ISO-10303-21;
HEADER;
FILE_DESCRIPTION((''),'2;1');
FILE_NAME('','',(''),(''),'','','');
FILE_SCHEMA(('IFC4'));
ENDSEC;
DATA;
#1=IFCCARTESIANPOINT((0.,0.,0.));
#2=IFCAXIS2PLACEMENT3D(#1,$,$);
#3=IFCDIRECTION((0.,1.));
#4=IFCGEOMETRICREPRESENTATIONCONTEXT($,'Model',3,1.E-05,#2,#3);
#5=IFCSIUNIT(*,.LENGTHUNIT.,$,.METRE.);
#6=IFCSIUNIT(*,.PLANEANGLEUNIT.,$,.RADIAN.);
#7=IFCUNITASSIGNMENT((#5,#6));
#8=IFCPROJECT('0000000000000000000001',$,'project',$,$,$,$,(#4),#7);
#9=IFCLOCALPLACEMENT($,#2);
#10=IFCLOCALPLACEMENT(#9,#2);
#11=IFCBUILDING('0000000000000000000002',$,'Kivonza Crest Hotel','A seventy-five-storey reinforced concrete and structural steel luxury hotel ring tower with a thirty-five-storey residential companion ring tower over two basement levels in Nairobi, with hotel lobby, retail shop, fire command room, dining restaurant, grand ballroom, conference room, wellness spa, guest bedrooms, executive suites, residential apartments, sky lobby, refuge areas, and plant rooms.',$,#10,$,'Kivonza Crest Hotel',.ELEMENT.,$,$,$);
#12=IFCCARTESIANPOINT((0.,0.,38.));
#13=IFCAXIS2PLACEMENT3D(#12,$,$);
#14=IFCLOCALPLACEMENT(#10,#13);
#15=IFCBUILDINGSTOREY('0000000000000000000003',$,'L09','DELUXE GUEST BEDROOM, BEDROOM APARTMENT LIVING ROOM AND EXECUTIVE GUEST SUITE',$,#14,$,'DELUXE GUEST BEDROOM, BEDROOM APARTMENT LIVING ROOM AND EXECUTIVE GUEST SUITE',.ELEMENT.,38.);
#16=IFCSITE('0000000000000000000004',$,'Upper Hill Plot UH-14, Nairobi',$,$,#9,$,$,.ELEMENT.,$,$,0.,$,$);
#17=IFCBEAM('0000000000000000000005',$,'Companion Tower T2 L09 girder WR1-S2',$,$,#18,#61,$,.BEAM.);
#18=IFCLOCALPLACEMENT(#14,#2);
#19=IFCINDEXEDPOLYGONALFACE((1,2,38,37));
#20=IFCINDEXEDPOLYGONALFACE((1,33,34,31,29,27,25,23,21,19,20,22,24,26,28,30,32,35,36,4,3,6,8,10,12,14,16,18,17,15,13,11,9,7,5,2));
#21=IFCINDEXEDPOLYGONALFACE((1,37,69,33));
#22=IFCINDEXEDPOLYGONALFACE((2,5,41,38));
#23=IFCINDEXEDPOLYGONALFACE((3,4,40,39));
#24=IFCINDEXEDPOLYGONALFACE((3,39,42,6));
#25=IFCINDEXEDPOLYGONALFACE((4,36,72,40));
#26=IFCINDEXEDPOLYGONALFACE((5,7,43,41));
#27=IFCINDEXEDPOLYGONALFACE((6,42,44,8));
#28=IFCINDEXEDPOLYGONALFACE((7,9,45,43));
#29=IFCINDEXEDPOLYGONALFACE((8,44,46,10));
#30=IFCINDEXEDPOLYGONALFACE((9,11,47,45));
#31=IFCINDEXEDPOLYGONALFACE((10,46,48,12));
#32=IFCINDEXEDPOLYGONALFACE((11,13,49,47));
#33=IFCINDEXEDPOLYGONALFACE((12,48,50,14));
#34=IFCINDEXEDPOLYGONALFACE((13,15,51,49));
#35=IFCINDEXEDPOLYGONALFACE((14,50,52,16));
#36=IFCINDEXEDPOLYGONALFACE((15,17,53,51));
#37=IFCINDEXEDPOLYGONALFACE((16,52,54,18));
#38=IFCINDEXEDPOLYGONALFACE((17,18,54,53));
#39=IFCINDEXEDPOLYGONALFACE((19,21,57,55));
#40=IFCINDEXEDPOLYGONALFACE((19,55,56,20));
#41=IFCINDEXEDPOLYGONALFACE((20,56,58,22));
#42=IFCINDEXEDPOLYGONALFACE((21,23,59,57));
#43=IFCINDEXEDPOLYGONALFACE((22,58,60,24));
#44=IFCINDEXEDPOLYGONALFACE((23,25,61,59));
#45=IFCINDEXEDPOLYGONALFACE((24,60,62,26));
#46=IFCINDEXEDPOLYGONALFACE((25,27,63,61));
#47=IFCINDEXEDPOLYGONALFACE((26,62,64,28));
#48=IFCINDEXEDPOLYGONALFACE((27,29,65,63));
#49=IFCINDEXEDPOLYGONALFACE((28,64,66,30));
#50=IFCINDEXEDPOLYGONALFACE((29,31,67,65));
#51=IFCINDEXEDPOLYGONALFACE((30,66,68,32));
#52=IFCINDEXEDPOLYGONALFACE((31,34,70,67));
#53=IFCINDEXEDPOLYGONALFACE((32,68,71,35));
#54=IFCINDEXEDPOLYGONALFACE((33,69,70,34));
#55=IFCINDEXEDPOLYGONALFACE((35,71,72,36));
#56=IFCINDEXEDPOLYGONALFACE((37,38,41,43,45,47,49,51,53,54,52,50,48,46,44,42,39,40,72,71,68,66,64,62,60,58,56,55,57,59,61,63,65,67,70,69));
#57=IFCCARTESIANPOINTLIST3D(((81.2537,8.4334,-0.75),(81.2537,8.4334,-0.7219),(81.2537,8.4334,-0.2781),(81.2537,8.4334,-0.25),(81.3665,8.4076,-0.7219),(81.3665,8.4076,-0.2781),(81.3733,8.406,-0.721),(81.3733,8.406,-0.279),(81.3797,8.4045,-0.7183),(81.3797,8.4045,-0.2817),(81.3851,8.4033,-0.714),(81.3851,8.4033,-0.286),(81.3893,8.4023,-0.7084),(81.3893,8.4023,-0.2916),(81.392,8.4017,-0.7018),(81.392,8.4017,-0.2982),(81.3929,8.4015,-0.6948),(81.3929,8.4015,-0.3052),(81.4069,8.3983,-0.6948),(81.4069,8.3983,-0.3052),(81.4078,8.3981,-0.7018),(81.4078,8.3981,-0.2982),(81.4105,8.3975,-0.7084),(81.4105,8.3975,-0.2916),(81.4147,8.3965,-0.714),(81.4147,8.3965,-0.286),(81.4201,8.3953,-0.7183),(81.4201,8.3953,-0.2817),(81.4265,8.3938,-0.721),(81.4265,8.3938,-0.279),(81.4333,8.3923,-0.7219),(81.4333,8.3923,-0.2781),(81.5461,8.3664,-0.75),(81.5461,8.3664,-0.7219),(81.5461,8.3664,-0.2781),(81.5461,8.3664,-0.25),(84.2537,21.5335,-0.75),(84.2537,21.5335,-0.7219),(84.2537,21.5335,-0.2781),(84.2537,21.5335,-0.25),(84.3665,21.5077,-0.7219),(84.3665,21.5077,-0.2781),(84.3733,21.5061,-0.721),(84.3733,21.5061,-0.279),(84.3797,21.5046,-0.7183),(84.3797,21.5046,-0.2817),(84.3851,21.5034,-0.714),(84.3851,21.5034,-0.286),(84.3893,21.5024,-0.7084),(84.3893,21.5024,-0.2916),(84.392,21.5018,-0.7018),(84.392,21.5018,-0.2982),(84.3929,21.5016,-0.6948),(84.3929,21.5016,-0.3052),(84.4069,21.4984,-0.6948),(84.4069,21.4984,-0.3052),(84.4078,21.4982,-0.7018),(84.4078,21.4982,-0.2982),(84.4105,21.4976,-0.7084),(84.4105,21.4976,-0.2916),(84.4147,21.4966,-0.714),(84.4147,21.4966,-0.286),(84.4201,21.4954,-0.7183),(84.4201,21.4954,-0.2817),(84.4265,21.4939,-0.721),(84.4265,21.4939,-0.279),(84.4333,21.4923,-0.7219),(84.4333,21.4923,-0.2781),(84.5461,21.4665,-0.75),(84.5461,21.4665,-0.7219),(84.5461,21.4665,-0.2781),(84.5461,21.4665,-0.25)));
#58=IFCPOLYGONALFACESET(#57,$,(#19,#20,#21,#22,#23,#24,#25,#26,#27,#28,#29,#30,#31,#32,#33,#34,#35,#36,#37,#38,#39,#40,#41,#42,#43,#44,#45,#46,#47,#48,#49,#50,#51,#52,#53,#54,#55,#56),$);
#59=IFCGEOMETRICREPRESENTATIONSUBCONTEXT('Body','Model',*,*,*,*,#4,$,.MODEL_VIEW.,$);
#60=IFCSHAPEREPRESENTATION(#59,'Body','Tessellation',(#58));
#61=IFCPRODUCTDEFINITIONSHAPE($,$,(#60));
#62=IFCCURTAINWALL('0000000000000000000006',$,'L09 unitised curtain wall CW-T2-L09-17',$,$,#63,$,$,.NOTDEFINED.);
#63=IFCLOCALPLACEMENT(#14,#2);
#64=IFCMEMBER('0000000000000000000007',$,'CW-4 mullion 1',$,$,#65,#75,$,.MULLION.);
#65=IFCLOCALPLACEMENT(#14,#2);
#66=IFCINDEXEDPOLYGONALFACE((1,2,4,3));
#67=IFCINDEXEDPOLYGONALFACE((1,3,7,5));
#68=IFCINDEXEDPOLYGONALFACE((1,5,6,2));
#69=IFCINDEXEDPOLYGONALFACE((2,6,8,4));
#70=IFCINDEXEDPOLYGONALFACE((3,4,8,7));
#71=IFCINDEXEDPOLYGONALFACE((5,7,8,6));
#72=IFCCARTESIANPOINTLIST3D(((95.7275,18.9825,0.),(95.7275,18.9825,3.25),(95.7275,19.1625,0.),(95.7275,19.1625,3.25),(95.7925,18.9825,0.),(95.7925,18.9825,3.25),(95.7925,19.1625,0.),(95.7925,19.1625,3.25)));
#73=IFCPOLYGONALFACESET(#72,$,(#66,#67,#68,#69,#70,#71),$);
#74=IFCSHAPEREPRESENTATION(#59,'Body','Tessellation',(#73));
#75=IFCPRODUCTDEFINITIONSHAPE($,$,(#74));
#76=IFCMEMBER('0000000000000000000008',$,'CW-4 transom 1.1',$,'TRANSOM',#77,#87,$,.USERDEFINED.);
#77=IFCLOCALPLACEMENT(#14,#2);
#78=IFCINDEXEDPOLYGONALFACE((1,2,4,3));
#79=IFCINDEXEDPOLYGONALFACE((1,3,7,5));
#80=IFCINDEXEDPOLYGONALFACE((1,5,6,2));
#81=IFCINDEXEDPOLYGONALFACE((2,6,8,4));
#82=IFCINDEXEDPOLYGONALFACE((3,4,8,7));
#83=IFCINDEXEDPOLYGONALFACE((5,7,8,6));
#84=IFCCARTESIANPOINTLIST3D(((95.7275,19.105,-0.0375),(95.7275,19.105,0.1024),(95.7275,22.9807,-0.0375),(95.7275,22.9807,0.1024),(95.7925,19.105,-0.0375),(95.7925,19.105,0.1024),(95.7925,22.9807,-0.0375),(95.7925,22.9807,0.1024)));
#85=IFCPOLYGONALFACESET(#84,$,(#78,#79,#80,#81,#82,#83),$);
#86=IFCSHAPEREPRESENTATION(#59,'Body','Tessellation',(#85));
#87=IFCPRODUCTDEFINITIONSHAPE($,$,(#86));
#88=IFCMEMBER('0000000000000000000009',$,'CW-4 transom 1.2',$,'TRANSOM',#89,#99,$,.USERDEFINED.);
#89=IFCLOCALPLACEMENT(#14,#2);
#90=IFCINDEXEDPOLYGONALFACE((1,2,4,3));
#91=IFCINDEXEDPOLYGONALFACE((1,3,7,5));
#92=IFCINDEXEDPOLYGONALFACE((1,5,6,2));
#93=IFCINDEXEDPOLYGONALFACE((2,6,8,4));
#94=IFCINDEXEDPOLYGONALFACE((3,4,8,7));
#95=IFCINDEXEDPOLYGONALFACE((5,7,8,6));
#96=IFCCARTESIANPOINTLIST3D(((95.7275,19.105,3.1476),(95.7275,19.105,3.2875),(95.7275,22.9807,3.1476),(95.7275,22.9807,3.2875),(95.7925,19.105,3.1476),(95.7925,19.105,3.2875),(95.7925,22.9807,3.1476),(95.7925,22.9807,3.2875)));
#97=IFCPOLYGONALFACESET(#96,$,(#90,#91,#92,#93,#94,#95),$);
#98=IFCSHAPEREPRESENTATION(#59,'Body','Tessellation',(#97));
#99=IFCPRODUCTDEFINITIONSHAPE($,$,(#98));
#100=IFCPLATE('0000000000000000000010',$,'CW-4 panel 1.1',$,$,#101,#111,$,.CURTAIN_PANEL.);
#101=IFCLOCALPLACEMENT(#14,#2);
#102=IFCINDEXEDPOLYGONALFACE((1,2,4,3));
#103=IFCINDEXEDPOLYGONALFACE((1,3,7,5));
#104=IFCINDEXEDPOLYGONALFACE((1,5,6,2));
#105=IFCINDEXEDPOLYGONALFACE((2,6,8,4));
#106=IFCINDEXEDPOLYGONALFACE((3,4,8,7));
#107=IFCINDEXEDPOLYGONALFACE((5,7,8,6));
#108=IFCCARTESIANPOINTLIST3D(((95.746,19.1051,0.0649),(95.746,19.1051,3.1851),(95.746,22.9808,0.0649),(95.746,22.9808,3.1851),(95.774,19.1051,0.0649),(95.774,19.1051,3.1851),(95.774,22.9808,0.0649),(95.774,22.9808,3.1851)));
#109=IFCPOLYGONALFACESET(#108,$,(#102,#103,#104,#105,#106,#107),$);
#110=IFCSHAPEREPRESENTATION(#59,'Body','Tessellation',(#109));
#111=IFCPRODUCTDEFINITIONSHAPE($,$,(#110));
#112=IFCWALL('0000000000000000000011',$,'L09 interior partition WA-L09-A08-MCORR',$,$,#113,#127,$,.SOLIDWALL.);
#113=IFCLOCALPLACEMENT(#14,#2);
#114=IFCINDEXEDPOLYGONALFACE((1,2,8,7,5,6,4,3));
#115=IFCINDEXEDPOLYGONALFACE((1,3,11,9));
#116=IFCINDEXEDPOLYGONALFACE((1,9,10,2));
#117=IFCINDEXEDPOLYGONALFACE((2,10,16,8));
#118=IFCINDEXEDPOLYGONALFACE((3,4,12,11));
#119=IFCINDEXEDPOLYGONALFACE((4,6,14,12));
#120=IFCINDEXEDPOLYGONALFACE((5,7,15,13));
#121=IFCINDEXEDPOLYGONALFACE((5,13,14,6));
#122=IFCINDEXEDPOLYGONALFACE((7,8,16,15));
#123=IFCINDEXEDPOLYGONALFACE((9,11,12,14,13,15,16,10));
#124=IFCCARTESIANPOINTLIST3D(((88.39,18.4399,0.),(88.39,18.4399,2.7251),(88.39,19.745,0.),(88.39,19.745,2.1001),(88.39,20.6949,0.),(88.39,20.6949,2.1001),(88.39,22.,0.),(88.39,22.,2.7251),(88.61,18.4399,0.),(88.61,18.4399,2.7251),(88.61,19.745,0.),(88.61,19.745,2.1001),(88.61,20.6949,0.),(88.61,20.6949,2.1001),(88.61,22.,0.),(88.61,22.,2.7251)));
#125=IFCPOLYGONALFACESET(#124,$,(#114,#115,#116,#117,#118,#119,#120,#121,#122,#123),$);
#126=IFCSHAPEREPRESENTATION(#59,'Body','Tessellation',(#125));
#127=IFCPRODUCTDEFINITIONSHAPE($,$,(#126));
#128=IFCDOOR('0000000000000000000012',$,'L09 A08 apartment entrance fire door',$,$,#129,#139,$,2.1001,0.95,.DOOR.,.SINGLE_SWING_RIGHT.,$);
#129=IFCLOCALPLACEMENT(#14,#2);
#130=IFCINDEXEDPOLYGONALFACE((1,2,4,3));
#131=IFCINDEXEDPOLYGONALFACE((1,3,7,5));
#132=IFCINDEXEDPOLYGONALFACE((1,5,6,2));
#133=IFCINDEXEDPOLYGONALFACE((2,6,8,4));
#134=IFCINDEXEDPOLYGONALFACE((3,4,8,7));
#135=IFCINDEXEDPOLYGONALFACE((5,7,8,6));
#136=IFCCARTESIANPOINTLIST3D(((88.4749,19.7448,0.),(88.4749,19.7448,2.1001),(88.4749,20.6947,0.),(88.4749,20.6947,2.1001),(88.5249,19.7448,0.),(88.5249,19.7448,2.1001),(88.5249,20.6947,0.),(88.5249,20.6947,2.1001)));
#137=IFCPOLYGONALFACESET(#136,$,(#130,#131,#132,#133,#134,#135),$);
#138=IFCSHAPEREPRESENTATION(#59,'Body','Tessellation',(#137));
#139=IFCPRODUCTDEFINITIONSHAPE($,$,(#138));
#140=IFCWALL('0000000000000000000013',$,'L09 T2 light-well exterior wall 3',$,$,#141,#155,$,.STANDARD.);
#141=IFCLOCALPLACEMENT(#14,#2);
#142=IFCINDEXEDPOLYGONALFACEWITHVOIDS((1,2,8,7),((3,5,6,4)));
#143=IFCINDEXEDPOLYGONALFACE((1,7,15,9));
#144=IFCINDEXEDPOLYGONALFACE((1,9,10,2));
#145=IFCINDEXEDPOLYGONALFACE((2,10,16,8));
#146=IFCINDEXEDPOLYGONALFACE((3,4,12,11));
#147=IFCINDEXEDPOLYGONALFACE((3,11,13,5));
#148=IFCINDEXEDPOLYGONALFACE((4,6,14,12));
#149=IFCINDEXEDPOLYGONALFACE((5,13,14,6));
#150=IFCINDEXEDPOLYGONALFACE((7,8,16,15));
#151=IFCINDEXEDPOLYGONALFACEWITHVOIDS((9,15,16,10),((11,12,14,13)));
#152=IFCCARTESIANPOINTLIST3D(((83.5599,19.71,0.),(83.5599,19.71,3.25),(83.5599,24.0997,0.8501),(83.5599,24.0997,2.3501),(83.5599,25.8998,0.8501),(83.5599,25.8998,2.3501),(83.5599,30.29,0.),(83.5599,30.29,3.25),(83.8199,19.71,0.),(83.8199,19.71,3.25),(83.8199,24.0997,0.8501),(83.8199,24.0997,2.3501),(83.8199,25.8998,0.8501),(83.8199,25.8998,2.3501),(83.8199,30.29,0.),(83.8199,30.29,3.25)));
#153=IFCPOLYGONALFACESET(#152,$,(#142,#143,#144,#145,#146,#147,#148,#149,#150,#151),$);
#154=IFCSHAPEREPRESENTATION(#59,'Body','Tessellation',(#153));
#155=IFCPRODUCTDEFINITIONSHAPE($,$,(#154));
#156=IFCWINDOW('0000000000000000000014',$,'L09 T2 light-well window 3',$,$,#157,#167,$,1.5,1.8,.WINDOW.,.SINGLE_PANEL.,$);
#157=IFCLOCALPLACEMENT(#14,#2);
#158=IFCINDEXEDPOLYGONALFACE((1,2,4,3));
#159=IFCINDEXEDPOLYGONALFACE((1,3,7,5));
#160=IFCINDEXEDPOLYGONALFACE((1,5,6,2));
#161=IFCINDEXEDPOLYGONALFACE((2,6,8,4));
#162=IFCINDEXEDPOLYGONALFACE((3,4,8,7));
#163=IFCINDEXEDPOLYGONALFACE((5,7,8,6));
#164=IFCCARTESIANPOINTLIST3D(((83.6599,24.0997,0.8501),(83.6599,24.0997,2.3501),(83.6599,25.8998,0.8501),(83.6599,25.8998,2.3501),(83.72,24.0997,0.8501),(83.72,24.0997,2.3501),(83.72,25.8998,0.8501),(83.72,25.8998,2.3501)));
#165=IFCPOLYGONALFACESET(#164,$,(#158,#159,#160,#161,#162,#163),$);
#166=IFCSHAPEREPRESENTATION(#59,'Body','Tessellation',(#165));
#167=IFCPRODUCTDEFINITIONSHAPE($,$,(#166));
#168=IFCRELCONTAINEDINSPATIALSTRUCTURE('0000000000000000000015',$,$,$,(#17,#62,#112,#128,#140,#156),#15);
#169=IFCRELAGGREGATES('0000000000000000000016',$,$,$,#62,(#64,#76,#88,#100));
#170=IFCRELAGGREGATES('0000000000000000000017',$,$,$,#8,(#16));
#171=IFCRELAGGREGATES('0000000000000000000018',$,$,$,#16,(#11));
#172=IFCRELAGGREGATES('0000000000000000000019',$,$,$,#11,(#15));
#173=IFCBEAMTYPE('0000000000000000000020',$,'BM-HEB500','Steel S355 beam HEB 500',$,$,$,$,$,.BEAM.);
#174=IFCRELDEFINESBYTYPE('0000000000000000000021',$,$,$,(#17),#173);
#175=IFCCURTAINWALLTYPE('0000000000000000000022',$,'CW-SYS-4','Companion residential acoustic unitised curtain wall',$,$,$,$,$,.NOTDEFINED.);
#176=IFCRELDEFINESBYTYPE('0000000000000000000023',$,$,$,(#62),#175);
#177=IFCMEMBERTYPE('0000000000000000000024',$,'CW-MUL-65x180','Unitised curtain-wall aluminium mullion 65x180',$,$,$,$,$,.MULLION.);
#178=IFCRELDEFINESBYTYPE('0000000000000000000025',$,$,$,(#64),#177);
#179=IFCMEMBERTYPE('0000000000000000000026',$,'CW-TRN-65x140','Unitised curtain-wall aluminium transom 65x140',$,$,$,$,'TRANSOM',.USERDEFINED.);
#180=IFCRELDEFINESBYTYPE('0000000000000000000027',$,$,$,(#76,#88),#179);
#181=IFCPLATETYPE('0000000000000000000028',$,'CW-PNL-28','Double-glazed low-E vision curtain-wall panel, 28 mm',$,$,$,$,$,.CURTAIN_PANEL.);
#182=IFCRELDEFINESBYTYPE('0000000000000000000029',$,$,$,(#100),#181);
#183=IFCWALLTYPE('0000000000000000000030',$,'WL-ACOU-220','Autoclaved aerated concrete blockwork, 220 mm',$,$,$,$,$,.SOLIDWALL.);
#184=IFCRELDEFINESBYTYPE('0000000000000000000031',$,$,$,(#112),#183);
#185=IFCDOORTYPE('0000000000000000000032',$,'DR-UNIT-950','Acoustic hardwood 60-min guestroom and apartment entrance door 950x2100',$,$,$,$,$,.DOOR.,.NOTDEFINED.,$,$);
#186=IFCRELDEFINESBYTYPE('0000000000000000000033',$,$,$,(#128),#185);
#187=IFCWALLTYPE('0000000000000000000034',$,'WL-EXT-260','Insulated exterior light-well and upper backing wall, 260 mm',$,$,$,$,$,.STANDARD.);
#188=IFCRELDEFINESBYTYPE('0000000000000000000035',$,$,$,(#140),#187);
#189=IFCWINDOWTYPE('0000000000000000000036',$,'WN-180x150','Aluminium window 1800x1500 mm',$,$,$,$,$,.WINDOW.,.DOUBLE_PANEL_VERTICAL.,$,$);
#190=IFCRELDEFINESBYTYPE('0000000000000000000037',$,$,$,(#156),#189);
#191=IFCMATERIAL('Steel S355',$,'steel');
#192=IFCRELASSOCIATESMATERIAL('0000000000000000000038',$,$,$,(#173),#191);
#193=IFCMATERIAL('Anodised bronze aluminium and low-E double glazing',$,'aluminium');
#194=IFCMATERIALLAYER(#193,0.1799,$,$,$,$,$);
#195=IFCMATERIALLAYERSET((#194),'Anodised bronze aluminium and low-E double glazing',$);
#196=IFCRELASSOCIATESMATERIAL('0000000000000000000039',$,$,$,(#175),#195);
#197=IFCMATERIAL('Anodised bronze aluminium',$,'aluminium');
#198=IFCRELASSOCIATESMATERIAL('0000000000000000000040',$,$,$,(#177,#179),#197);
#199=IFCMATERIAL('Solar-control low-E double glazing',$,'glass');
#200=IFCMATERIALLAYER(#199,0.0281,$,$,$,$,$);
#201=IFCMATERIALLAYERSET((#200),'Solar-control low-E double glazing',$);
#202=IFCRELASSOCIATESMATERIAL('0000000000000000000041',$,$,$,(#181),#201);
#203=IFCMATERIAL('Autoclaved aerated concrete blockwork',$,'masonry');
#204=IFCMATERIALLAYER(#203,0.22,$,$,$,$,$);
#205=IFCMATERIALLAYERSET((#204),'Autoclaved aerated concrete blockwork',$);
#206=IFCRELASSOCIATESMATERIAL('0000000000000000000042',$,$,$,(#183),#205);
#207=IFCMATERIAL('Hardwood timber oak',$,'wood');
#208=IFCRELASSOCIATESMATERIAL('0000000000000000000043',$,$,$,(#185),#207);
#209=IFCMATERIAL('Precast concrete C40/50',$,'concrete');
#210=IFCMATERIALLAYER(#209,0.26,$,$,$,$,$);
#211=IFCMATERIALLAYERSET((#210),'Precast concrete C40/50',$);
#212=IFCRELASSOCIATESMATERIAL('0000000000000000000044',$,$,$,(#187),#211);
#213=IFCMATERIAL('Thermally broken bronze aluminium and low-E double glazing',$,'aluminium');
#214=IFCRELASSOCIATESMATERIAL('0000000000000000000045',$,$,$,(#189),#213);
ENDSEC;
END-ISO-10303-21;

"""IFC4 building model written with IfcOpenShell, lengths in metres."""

from ifc_helpers import new_model, si_unit, direction, frame, frame_2d, origin, origin_2d, place, context, subcontext, project, spatial, rectangle, i_section, extrude, material, layer, layer_set, material_profile, profile_set, type_object, element, fill, aggregate, save


model = new_model("IFC4")

# Units and contexts
model_context = context("Model", 3, precision=1e-05, world=origin(), true_north=direction((0.0, 1.0)))
body_context = subcontext(model_context, "Body", "Model", "MODEL_VIEW")
ifc_project = project(units=[si_unit("LENGTHUNIT", "METRE"), si_unit("PLANEANGLEUNIT", "RADIAN")], contexts=[model_context])

# Site, building, storey
site_placement = place(None, origin())
site = spatial("IfcSite", under=ifc_project, at=site_placement, Name="Upper Hill Plot UH-14, Nairobi", CompositionType="ELEMENT", RefElevation=0.0)
building_placement = place(site_placement, origin())
building = spatial("IfcBuilding", under=site, at=building_placement, Name="Kivonza Crest Hotel", Description="A seventy-five-storey reinforced concrete and structural steel luxury hotel ring tower with a thirty-five-storey residential companion ring tower over two basement levels in Nairobi, with hotel lobby, retail shop, fire command room, dining restaurant, grand ballroom, conference room, wellness spa, guest bedrooms, executive suites, residential apartments, sky lobby, refuge areas, and plant rooms.", LongName="Kivonza Crest Hotel", CompositionType="ELEMENT")
storey_placement = place(building_placement, frame((0.0, 0.0, 38.0)))
storey = spatial("IfcBuildingStorey", under=building, at=storey_placement, Name="L09", Description="DELUXE GUEST BEDROOM, BEDROOM APARTMENT LIVING ROOM AND EXECUTIVE GUEST SUITE", LongName="DELUXE GUEST BEDROOM, BEDROOM APARTMENT LIVING ROOM AND EXECUTIVE GUEST SUITE", CompositionType="ELEMENT", Elevation=38.0)

# Beam
ifc_material_1 = material(Name="Steel S355", Category="steel")
ifc_material_profile_1 = material_profile(ifc_material_1, i_section(OverallWidth=0.3, OverallDepth=0.5, WebThickness=0.0144, FlangeThickness=0.0281, FilletRadius=0.0271, at=origin_2d()), Name="HEB 500")
ifc_profile_set_1 = profile_set([ifc_material_profile_1], Name="Steel S355")
beam_type_1 = type_object("IfcBeamType", Name="BM-HEB500", Description="Steel S355 beam HEB 500", PredefinedType="BEAM", material=ifc_profile_set_1)
beam_1_placement = place(storey_placement, frame((84.3999, 21.5, -0.5), z_axis=(-0.223227, -0.974766, 0.0), x_axis=(0.974766, -0.223227, 0.0)))
element("IfcBeam", 1, at=beam_1_placement, inside=storey, type_object=beam_type_1, Name="Companion Tower T2 L09 girder WR1-S2", PredefinedType="BEAM", context=body_context, shape_type="SweptSolid", body=[
    extrude(i_section(OverallWidth=0.3, OverallDepth=0.5, WebThickness=0.0144, FlangeThickness=0.0281, FilletRadius=0.0271, at=origin_2d()), origin(), (0.0, 0.0, 1.0), 13.4392),
])

# Curtain wall, members, plate
ifc_material_2 = material(Name="Anodised bronze aluminium and low-E double glazing", Category="aluminium")
ifc_layer_1 = layer(ifc_material_2, 0.1799)
ifc_layer_set_1 = layer_set([ifc_layer_1], Name="Anodised bronze aluminium and low-E double glazing")
curtain_wall_type = type_object("IfcCurtainWallType", Name="CW-SYS-4", Description="Companion residential acoustic unitised curtain wall", PredefinedType="NOTDEFINED", material=ifc_layer_set_1)
curtain_wall_placement = place(storey_placement, origin())
curtain_wall = element("IfcCurtainWall", 2, at=curtain_wall_placement, inside=storey, type_object=curtain_wall_type, Name="L09 unitised curtain wall CW-T2-L09-17", PredefinedType="NOTDEFINED")
ifc_material_3 = material(Name="Anodised bronze aluminium", Category="aluminium")
ifc_material_profile_2 = material_profile(ifc_material_3, rectangle(XDim=0.0649, YDim=0.1799, at=origin_2d()), Name="CW-M 65x180")
ifc_profile_set_2 = profile_set([ifc_material_profile_2], Name="Anodised bronze aluminium")
member_type_1 = type_object("IfcMemberType", Name="CW-MUL-65x180", Description="Unitised curtain-wall aluminium mullion 65x180", PredefinedType="MULLION", material=ifc_profile_set_2)
member_1_placement = place(storey_placement, frame((95.76, 19.0725, 0.0), z_axis=(0.0, 0.0, 1.0), x_axis=(-1.0, 0.0, 0.0)))
member_1 = element("IfcMember", 3, at=member_1_placement, type_object=member_type_1, Name="CW-4 mullion 1", PredefinedType="MULLION", context=body_context, shape_type="SweptSolid", body=[
    extrude(rectangle(XDim=0.0649, YDim=0.1799, at=origin_2d()), origin(), (0.0, 0.0, 1.0), 3.25),
])
ifc_material_profile_3 = material_profile(ifc_material_3, rectangle(XDim=0.0649, YDim=0.1399, at=origin_2d()), Name="CW-T 65x140")
ifc_profile_set_3 = profile_set([ifc_material_profile_3], Name="Anodised bronze aluminium")
member_type_2 = type_object("IfcMemberType", Name="CW-TRN-65x140", Description="Unitised curtain-wall aluminium transom 65x140", ElementType="TRANSOM", PredefinedType="USERDEFINED", material=ifc_profile_set_3)
member_2_placement = place(storey_placement, frame((95.76, 19.105, 0.0325), z_axis=(0.0, 1.0, 0.0), x_axis=(-1.0, 0.0, 0.0)))
member_2 = element("IfcMember", 4, at=member_2_placement, type_object=member_type_2, Name="CW-4 transom 1.1", ObjectType="TRANSOM", PredefinedType="USERDEFINED", context=body_context, shape_type="SweptSolid", body=[
    extrude(rectangle(XDim=0.0649, YDim=0.1399, at=origin_2d()), origin(), (0.0, 0.0, 1.0), 3.8757),
])
member_3_placement = place(storey_placement, frame((95.76, 19.105, 3.2175), z_axis=(0.0, 1.0, 0.0), x_axis=(-1.0, 0.0, 0.0)))
member_3 = element("IfcMember", 5, at=member_3_placement, type_object=member_type_2, Name="CW-4 transom 1.2", ObjectType="TRANSOM", PredefinedType="USERDEFINED", context=body_context, shape_type="SweptSolid", body=[
    extrude(rectangle(XDim=0.0649, YDim=0.1399, at=origin_2d()), origin(), (0.0, 0.0, 1.0), 3.8757),
])
ifc_material_4 = material(Name="Solar-control low-E double glazing", Category="glass")
ifc_layer_2 = layer(ifc_material_4, 0.0281)
ifc_layer_set_2 = layer_set([ifc_layer_2], Name="Solar-control low-E double glazing")
plate_type = type_object("IfcPlateType", Name="CW-PNL-28", Description="Double-glazed low-E vision curtain-wall panel, 28 mm", PredefinedType="CURTAIN_PANEL", material=ifc_layer_set_2)
plate_placement = place(storey_placement, frame((95.76, 21.043, 0.0649), z_axis=(0.0, 0.0, 1.0), x_axis=(0.0, 1.0, 0.0)))
plate = element("IfcPlate", 6, at=plate_placement, type_object=plate_type, Name="CW-4 panel 1.1", PredefinedType="CURTAIN_PANEL", context=body_context, shape_type="SweptSolid", body=[
    extrude(rectangle(XDim=3.8757, YDim=0.0281, at=origin_2d()), origin(), (0.0, 0.0, 1.0), 3.1201),
])
aggregate(curtain_wall, [member_1, member_2, member_3, plate])

# Wall, opening, door
ifc_material_5 = material(Name="Autoclaved aerated concrete blockwork", Category="masonry")
ifc_layer_3 = layer(ifc_material_5, 0.22)
ifc_layer_set_3 = layer_set([ifc_layer_3], Name="Autoclaved aerated concrete blockwork")
wall_type_1 = type_object("IfcWallType", Name="WL-ACOU-220", Description="Autoclaved aerated concrete blockwork, 220 mm", PredefinedType="SOLIDWALL", material=ifc_layer_set_3)
wall_1_placement = place(storey_placement, frame((88.5, 18.4399, 0.0), z_axis=(0.0, 0.0, 1.0), x_axis=(0.0, 1.0, 0.0)))
wall_1 = element("IfcWall", 7, at=wall_1_placement, inside=storey, type_object=wall_type_1, Name="L09 interior partition WA-L09-A08-MCORR", PredefinedType="SOLIDWALL", context=body_context, shape_type="SweptSolid", body=[
    extrude(rectangle(XDim=3.5601, YDim=0.22, at=frame_2d((1.78, 0.0))), origin(), (0.0, 0.0, 1.0), 2.7251),
])
opening_1_placement = place(wall_1_placement, frame((1.3049, 0.0, 0.0)))
opening_1 = element("IfcOpeningElement", 8, at=opening_1_placement, cuts=wall_1, PredefinedType="OPENING", context=body_context, shape_type="SweptSolid", body=[
    extrude(rectangle(XDim=0.95, YDim=2.1001, at=frame_2d((0.4751, 1.05))), frame((0.0, 0.1201, 0.0), z_axis=(0.0, -1.0, 0.0), x_axis=(1.0, 0.0, 0.0)), (0.0, 0.0, 1.0), 0.24),
])
ifc_material_6 = material(Name="Hardwood timber oak", Category="wood")
door_type_1 = type_object("IfcDoorType", Name="DR-UNIT-950", Description="Acoustic hardwood 60-min guestroom and apartment entrance door 950x2100", OperationType="NOTDEFINED", PredefinedType="DOOR", material=ifc_material_6)
door_1_placement = place(opening_1_placement, frame((0.95, 0.0, 0.0), z_axis=(0.0, 0.0, 1.0), x_axis=(-1.0, 0.0, 0.0)))
door_1 = element("IfcDoor", 9, at=door_1_placement, inside=storey, type_object=door_type_1, Name="L09 A08 apartment entrance fire door", OperationType="SINGLE_SWING_RIGHT", OverallHeight=2.1001, OverallWidth=0.95, PredefinedType="DOOR", context=body_context, shape_type="SweptSolid", body=[
    extrude(rectangle(XDim=0.95, YDim=2.1001, at=frame_2d((0.4751, 1.05))), frame((0.0, 0.0249, 0.0), z_axis=(0.0, -1.0, 0.0), x_axis=(1.0, 0.0, 0.0)), (0.0, 0.0, 1.0), 0.05),
])
fill(opening_1, door_1)

# Wall, opening, window
ifc_material_7 = material(Name="Precast concrete C40/50", Category="concrete")
ifc_layer_4 = layer(ifc_material_7, 0.26)
ifc_layer_set_4 = layer_set([ifc_layer_4], Name="Precast concrete C40/50")
wall_type_2 = type_object("IfcWallType", Name="WL-EXT-260", Description="Insulated exterior light-well and upper backing wall, 260 mm", PredefinedType="STANDARD", material=ifc_layer_set_4)
wall_2_placement = place(storey_placement, frame((83.6899, 19.71, 0.0), z_axis=(0.0, 0.0, 1.0), x_axis=(0.0, 1.0, 0.0)))
wall_2 = element("IfcWall", 10, at=wall_2_placement, inside=storey, type_object=wall_type_2, Name="L09 T2 light-well exterior wall 3", PredefinedType="STANDARD", context=body_context, shape_type="SweptSolid", body=[
    extrude(rectangle(XDim=10.5801, YDim=0.26, at=frame_2d((5.29, 0.0))), origin(), (0.0, 0.0, 1.0), 3.25),
])
opening_2_placement = place(wall_2_placement, frame((4.3899, 0.0, 0.8501)))
opening_2 = element("IfcOpeningElement", 11, at=opening_2_placement, cuts=wall_2, PredefinedType="OPENING", context=body_context, shape_type="SweptSolid", body=[
    extrude(rectangle(XDim=1.8, YDim=1.5, at=frame_2d((0.8999, 0.75))), frame((0.0, 0.1401, 0.0), z_axis=(0.0, -1.0, 0.0), x_axis=(1.0, 0.0, 0.0)), (0.0, 0.0, 1.0), 0.28),
])
ifc_material_8 = material(Name="Thermally broken bronze aluminium and low-E double glazing", Category="aluminium")
window_type = type_object("IfcWindowType", Name="WN-180x150", Description="Aluminium window 1800x1500 mm", PartitioningType="DOUBLE_PANEL_VERTICAL", PredefinedType="WINDOW", material=ifc_material_8)
window_placement = place(opening_2_placement, origin())
window = element("IfcWindow", 12, at=window_placement, inside=storey, type_object=window_type, Name="L09 T2 light-well window 3", OverallHeight=1.5, OverallWidth=1.8, PartitioningType="SINGLE_PANEL", PredefinedType="WINDOW", context=body_context, shape_type="SweptSolid", body=[
    extrude(rectangle(XDim=1.8, YDim=1.5, at=frame_2d((0.8999, 0.75))), frame((0.0, 0.03, 0.0), z_axis=(0.0, -1.0, 0.0), x_axis=(1.0, 0.0, 0.0)), (0.0, 0.0, 1.0), 0.0601),
])
fill(opening_2, window)

save(model, "model.ifc")
